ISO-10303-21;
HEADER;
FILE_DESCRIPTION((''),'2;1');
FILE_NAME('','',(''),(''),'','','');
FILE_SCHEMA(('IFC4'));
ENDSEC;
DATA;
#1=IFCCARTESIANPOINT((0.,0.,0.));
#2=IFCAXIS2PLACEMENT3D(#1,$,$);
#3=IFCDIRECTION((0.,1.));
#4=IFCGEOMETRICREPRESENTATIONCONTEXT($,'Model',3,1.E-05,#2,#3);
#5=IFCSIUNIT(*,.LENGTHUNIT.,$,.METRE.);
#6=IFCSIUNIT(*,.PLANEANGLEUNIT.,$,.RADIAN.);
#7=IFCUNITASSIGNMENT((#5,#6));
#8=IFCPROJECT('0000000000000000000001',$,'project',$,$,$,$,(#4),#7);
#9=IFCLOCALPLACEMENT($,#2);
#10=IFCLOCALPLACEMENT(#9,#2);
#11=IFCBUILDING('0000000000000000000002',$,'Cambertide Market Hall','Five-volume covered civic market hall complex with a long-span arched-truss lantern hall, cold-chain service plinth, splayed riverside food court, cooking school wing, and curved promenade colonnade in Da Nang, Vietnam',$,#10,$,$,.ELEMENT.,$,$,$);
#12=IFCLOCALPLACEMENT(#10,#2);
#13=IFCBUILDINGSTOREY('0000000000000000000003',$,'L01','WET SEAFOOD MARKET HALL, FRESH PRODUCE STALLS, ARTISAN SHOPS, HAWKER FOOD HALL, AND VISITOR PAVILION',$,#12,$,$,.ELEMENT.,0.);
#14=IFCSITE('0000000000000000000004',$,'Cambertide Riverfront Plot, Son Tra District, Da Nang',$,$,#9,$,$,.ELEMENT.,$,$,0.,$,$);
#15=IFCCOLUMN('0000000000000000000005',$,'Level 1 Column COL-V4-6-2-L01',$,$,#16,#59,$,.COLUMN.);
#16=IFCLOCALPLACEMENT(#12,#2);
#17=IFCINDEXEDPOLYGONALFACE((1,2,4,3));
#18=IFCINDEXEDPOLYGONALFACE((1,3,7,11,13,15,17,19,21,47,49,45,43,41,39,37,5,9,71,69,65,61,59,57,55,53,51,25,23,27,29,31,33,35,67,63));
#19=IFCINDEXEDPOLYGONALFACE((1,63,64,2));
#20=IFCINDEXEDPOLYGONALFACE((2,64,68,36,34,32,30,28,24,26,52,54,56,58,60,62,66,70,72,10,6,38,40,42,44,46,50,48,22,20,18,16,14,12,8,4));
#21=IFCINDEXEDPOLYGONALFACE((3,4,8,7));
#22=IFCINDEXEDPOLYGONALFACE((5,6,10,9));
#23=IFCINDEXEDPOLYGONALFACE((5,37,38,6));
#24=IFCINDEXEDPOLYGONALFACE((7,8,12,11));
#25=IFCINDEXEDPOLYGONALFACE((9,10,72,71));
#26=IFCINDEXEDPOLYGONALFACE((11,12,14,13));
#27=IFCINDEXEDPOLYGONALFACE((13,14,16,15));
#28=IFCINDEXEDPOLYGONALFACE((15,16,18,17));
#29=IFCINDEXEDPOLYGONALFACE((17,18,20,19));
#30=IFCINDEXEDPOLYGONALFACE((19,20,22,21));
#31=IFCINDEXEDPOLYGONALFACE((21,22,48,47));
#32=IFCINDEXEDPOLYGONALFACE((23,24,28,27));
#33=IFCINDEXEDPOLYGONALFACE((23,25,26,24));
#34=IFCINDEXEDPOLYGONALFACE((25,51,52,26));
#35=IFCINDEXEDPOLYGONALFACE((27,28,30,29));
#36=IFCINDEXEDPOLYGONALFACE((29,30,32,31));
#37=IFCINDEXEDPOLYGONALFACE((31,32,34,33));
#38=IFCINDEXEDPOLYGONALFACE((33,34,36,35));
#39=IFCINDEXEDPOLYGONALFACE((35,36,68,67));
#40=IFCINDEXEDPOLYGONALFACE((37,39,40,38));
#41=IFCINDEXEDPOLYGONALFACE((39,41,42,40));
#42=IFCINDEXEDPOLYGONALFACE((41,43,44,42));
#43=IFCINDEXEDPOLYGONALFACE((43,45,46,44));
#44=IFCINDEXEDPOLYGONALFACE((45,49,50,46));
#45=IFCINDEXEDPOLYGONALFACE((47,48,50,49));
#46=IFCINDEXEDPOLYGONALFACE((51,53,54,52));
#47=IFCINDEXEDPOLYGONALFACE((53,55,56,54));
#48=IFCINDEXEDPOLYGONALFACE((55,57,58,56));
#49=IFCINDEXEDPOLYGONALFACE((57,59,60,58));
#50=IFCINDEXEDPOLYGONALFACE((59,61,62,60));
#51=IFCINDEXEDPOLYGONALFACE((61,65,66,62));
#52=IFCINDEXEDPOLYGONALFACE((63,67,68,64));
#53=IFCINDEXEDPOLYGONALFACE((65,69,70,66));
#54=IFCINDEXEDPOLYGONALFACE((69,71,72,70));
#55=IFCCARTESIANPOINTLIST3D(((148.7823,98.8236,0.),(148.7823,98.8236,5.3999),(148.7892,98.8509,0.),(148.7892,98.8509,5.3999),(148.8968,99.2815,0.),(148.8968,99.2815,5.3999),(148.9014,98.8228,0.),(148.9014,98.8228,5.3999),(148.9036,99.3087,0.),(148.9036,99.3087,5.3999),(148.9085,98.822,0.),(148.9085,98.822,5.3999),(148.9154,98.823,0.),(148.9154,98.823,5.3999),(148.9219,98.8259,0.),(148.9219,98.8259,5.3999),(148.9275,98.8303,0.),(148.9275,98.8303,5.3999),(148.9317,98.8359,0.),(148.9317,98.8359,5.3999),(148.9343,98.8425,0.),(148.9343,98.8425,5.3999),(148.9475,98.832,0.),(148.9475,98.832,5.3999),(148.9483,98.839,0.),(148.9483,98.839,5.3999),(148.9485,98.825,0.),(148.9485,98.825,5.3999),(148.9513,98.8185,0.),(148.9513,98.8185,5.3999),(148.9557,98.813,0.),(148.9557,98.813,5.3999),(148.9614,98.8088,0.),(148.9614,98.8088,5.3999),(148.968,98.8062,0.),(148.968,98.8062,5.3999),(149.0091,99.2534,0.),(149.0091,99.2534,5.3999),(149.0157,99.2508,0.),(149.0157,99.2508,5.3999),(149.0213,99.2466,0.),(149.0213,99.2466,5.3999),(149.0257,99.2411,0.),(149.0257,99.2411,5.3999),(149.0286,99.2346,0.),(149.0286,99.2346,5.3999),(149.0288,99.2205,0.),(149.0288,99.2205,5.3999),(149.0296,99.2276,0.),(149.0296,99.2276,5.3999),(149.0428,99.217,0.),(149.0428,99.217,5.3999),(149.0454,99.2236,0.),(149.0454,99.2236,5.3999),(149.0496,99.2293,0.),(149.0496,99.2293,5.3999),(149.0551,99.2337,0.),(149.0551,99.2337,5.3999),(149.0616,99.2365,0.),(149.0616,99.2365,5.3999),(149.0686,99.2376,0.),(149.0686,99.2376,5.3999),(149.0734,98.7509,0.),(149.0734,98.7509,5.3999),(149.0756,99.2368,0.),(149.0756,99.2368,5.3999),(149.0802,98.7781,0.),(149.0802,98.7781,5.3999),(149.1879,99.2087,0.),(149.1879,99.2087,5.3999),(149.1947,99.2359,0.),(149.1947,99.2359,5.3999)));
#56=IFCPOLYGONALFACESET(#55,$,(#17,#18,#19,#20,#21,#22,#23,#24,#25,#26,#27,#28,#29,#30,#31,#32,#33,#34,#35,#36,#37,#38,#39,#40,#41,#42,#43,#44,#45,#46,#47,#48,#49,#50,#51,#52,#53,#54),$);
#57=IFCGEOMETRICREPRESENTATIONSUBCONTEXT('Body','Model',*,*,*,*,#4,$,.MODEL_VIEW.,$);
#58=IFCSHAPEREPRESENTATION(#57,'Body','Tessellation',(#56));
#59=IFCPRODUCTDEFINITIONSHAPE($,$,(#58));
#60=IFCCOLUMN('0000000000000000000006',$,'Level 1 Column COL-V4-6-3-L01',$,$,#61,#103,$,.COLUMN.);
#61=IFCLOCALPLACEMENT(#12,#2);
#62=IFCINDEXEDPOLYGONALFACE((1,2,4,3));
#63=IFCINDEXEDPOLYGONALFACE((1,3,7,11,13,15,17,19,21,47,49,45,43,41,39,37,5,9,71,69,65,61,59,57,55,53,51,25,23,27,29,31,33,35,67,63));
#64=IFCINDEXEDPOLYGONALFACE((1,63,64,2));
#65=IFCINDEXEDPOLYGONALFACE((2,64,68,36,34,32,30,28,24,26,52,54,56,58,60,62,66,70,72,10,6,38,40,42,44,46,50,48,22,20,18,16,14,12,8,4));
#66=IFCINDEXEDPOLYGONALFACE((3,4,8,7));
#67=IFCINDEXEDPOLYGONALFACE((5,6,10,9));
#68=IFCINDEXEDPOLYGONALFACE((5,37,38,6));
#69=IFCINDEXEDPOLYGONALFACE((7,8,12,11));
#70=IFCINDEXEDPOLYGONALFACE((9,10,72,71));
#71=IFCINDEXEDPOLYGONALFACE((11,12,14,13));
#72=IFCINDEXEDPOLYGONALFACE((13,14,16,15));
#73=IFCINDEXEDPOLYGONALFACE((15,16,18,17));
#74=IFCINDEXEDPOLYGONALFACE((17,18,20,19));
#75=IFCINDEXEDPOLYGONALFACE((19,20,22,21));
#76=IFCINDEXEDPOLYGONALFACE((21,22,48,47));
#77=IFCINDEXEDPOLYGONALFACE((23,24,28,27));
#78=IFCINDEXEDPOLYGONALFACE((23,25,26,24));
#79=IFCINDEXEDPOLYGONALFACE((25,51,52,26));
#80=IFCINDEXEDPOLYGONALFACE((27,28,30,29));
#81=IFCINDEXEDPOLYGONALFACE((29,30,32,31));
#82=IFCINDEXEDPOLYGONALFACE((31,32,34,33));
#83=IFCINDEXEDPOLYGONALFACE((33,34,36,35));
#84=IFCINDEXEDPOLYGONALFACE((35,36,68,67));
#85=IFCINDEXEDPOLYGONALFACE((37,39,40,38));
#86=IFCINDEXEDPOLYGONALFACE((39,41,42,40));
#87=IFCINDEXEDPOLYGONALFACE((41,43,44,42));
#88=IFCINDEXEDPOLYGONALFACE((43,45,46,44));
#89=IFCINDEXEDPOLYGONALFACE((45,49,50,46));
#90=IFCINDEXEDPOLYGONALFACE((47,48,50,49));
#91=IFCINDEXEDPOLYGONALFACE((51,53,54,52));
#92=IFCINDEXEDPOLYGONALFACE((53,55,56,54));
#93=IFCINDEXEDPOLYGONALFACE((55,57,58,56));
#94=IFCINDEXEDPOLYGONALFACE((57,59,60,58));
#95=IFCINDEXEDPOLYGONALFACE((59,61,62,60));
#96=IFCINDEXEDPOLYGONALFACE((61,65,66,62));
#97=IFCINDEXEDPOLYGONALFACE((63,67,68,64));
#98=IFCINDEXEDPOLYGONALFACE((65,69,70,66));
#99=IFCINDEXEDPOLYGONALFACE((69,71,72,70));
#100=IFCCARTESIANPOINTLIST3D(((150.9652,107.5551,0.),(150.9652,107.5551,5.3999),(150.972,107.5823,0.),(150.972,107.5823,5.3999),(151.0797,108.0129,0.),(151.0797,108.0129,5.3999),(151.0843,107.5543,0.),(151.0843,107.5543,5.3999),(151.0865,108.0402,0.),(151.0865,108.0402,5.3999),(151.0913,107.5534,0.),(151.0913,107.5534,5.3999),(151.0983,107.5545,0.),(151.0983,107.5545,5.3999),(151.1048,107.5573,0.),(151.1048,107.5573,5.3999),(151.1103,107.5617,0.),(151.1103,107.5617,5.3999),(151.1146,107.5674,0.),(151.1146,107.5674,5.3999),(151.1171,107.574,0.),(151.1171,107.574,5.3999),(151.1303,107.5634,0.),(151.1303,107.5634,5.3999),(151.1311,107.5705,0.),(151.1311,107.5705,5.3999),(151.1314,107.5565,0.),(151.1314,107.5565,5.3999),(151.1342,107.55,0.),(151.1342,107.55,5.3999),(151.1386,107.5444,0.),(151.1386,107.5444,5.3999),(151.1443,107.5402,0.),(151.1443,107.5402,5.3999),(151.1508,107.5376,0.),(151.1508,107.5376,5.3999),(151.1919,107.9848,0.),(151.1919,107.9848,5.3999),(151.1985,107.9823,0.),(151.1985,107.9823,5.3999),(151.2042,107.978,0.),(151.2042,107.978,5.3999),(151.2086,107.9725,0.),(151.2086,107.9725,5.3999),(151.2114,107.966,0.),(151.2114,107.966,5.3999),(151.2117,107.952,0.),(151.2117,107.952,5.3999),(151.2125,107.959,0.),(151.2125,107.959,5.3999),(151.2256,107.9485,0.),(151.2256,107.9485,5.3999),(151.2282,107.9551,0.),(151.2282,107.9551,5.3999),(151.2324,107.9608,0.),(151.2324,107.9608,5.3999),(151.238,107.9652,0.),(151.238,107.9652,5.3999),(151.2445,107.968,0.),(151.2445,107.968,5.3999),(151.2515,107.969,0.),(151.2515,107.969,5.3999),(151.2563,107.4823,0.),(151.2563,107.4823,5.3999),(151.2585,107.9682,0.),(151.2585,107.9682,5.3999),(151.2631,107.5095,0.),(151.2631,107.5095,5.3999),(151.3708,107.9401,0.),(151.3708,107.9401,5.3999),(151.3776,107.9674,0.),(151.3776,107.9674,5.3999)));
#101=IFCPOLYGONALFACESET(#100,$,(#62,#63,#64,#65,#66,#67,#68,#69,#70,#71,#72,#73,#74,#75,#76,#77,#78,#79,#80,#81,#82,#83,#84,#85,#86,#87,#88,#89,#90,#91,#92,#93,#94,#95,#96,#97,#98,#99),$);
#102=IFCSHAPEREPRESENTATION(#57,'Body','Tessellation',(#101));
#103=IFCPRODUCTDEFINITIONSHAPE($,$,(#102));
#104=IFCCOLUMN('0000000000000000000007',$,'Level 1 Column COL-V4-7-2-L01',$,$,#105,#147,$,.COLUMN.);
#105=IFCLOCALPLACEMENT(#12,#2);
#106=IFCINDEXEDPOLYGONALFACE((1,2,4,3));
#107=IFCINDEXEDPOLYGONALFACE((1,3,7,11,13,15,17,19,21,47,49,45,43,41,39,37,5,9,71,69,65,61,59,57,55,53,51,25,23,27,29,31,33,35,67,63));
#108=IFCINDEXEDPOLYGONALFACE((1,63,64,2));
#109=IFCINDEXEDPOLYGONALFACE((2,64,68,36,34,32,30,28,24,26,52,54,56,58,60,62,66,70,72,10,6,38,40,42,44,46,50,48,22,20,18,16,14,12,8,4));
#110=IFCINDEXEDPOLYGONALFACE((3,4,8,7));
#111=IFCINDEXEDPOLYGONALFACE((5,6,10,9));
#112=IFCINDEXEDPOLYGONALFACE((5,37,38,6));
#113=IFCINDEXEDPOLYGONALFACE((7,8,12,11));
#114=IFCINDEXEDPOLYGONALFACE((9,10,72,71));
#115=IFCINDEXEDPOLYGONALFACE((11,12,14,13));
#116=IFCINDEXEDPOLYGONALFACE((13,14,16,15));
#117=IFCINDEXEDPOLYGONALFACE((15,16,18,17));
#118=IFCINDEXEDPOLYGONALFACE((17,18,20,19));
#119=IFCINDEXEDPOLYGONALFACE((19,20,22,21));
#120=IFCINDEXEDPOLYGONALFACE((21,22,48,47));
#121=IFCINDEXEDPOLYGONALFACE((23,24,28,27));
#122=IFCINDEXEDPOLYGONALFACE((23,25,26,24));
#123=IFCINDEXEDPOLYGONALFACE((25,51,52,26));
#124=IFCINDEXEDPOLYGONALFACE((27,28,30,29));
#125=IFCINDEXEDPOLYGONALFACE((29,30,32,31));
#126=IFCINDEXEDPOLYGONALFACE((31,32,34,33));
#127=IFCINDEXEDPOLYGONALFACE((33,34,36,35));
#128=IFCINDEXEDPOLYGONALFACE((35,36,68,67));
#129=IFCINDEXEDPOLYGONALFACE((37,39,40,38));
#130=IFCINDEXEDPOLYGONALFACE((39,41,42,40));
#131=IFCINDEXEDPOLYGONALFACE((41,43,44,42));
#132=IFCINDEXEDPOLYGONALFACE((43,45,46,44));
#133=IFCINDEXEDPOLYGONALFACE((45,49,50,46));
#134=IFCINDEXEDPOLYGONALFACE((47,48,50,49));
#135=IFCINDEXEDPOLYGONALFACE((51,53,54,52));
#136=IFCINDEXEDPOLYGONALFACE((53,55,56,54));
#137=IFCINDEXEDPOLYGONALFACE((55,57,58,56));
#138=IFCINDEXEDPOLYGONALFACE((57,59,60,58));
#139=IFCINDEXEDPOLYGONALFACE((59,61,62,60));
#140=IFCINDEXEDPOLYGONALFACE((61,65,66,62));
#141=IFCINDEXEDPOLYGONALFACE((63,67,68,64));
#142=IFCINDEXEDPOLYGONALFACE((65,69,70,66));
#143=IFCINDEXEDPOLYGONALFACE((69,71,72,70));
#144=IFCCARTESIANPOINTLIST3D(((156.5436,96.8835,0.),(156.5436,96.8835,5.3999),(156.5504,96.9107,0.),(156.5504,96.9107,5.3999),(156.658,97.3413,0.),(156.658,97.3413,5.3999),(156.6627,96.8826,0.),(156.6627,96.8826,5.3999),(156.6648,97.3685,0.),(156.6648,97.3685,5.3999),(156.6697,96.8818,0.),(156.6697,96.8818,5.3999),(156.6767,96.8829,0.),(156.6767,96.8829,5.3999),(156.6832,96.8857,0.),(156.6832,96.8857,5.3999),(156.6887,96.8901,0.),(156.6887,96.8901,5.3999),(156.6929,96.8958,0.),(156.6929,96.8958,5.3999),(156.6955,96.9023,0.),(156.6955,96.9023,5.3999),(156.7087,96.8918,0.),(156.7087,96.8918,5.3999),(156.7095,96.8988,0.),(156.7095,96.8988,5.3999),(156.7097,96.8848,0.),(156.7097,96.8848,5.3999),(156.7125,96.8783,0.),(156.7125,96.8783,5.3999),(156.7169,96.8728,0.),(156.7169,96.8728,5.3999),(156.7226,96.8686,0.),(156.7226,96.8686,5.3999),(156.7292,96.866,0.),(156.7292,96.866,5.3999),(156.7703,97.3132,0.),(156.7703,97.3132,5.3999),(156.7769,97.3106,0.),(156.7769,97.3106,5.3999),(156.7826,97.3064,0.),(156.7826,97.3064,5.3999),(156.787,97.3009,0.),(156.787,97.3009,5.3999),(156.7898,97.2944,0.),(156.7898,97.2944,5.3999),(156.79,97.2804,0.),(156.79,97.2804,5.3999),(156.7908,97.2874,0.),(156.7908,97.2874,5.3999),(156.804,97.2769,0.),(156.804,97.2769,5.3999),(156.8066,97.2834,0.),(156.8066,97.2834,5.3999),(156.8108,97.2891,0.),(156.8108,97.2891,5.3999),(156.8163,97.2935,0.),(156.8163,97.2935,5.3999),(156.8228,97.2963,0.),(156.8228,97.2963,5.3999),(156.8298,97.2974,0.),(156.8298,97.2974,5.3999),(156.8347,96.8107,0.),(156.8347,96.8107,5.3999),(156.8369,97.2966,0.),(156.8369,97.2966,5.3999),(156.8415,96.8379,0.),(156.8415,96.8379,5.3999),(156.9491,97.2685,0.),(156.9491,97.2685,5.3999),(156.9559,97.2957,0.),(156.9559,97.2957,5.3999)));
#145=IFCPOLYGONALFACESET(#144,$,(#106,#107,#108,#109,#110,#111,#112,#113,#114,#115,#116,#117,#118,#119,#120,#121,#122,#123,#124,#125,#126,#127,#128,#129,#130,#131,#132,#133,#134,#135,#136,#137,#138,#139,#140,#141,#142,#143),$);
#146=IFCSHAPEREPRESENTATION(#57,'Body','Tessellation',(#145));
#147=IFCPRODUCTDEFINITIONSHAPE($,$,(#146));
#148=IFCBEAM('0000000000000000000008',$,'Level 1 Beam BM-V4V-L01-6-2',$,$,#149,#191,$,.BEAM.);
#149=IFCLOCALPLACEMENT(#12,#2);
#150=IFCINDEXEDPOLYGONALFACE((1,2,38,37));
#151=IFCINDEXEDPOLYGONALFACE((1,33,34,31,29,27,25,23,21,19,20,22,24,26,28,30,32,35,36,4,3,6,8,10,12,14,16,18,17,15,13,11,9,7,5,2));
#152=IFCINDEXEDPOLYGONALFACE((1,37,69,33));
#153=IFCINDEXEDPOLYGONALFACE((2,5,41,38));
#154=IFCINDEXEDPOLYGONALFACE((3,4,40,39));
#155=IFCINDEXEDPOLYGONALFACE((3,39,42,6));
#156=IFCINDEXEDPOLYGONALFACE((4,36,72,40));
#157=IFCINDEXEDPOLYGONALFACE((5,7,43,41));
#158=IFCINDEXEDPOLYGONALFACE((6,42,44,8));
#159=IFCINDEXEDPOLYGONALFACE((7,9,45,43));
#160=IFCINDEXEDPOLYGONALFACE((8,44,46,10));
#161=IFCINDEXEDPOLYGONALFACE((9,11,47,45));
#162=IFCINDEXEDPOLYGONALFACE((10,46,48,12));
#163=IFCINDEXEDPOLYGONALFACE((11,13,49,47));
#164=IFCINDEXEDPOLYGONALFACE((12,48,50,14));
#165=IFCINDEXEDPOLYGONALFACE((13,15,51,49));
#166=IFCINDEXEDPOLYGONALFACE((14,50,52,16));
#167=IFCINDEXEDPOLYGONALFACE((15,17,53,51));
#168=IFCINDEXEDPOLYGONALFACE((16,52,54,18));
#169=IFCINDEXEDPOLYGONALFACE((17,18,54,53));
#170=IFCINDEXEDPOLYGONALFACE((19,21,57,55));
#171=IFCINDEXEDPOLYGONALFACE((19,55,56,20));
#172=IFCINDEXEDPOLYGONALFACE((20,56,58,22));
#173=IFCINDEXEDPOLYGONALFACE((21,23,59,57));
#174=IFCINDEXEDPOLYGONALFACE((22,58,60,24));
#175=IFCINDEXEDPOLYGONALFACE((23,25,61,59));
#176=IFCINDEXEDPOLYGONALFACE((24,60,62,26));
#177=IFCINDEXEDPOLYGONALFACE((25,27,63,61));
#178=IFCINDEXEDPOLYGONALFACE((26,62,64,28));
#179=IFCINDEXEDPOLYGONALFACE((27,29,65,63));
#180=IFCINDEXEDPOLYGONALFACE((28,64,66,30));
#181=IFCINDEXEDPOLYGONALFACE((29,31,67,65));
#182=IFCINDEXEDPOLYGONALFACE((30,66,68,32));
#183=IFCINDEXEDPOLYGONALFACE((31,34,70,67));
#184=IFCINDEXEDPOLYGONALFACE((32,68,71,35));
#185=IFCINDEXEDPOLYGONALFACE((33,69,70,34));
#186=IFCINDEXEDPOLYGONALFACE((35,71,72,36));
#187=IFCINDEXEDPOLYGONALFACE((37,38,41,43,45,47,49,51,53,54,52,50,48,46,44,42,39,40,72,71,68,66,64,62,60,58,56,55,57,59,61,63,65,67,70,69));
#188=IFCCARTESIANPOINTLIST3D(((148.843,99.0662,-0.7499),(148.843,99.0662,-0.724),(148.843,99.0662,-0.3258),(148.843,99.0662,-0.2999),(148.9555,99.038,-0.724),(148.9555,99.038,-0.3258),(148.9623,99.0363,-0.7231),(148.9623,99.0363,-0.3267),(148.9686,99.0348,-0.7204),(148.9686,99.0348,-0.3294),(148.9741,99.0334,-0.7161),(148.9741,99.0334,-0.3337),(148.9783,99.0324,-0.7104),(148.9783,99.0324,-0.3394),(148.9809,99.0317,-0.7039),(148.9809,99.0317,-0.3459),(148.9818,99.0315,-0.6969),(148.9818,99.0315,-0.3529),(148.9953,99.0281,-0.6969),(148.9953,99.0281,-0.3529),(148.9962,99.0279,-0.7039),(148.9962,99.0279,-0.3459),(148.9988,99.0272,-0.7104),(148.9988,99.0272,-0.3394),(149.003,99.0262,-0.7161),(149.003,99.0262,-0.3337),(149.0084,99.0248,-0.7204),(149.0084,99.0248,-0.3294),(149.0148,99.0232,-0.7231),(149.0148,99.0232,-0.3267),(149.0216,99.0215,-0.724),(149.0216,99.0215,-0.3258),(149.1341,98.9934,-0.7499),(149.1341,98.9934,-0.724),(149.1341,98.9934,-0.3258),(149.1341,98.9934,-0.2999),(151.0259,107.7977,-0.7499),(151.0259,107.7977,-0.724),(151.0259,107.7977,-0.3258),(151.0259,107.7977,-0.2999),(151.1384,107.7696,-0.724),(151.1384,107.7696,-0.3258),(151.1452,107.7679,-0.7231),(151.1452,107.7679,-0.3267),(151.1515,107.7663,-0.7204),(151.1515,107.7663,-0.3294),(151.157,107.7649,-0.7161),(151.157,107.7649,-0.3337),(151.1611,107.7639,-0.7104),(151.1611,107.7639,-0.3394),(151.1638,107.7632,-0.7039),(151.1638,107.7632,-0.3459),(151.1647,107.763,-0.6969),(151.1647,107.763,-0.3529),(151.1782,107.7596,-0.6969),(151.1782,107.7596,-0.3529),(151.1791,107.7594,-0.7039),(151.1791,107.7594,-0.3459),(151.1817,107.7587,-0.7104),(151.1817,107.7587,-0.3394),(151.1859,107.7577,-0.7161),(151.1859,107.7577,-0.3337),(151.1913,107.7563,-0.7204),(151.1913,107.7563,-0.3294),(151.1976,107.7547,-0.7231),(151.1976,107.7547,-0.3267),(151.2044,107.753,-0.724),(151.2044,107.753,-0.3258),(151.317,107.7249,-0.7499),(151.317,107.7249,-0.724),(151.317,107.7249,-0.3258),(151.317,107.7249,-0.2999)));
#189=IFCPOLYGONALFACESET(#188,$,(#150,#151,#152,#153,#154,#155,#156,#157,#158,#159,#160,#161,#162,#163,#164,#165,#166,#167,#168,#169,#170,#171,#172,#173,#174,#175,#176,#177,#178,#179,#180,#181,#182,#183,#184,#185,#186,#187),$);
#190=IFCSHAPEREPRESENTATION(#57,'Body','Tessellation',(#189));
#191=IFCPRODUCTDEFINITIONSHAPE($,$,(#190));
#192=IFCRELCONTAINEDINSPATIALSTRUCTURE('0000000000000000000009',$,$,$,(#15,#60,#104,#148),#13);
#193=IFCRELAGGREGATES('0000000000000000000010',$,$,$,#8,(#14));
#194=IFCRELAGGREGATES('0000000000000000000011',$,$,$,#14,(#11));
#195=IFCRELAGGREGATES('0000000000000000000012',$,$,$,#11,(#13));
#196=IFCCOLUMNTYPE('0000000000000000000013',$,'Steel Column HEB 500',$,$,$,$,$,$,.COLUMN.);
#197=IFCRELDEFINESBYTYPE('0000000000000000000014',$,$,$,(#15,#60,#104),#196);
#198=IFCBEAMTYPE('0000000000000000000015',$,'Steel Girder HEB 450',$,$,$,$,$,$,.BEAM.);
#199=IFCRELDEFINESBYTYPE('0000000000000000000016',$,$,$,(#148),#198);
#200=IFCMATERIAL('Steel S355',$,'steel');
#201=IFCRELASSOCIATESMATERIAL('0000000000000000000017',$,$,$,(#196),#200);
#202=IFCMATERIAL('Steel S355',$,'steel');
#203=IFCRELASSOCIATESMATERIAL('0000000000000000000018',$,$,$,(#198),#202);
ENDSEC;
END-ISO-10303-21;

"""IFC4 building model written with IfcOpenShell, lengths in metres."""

from ifc_helpers import new_model, si_unit, direction, frame, origin, origin_2d, place, context, subcontext, project, spatial, i_section, extrude, material, material_profile, profile_set, type_object, element, save


model = new_model("IFC4")

# Units and contexts
model_context = context("Model", 3, precision=1e-05, world=origin(), true_north=direction((0.0, 1.0)))
body_context = subcontext(model_context, "Body", "Model", "MODEL_VIEW")
ifc_project = project(units=[si_unit("LENGTHUNIT", "METRE"), si_unit("PLANEANGLEUNIT", "RADIAN")], contexts=[model_context])

# Site, building, storey
site_placement = place(None, origin())
site = spatial("IfcSite", under=ifc_project, at=site_placement, Name="Cambertide Riverfront Plot, Son Tra District, Da Nang", CompositionType="ELEMENT", RefElevation=0.0)
building_placement = place(site_placement, origin())
building = spatial("IfcBuilding", under=site, at=building_placement, Name="Cambertide Market Hall", Description="Five-volume covered civic market hall complex with a long-span arched-truss lantern hall, cold-chain service plinth, splayed riverside food court, cooking school wing, and curved promenade colonnade in Da Nang, Vietnam", CompositionType="ELEMENT")
storey_placement = place(building_placement, origin())
storey = spatial("IfcBuildingStorey", under=building, at=storey_placement, Name="L01", Description="WET SEAFOOD MARKET HALL, FRESH PRODUCE STALLS, ARTISAN SHOPS, HAWKER FOOD HALL, AND VISITOR PAVILION", CompositionType="ELEMENT", Elevation=0.0)

# Columns
ifc_material_1 = material(Name="Steel S355", Category="steel")
ifc_material_profile_1 = material_profile(ifc_material_1, i_section(OverallWidth=0.3, OverallDepth=0.5, WebThickness=0.0144, FlangeThickness=0.0281, FilletRadius=0.0271, at=origin_2d()), Name="HEB 500")
ifc_profile_set_1 = profile_set([ifc_material_profile_1], Name="Steel S355")
column_type = type_object("IfcColumnType", Name="Steel Column HEB 500", PredefinedType="COLUMN", material=ifc_profile_set_1)
for number, where, z_axis, x_axis, name in (
    (1, (148.9885, 99.0298, 0.0), (0.0, 0.0, 1.0), (0.970143, -0.242536, 0.0), "Level 1 Column COL-V4-6-2-L01"),
    (2, (151.1714, 107.7612, 0.0), (0.0, 0.0, 1.0), (0.970143, -0.242536, 0.0), "Level 1 Column COL-V4-6-3-L01"),
    (3, (156.7498, 97.0896, 0.0), (0.0, 0.0, 1.0), (0.970143, -0.242536, 0.0), "Level 1 Column COL-V4-7-2-L01"),
):
    element("IfcColumn", number, at=place(storey_placement, frame(where, z_axis=z_axis, x_axis=x_axis)), inside=storey, type_object=column_type, Name=name, PredefinedType="COLUMN", context=body_context, shape_type="SweptSolid", body=[
        extrude(i_section(OverallWidth=0.3, OverallDepth=0.5, WebThickness=0.0144, FlangeThickness=0.0281, FilletRadius=0.0271, at=origin_2d()), origin(), (0.0, 0.0, 1.0), 5.3999),
    ])

# Beam
ifc_material_2 = material(Name="Steel S355", Category="steel")
ifc_material_profile_2 = material_profile(ifc_material_2, i_section(OverallWidth=0.3, OverallDepth=0.45, WebThickness=0.0139, FlangeThickness=0.0259, FilletRadius=0.0271, at=origin_2d()), Name="HEB 450")
ifc_profile_set_2 = profile_set([ifc_material_profile_2], Name="Steel S355")
beam_type_1 = type_object("IfcBeamType", Name="Steel Girder HEB 450", PredefinedType="BEAM", material=ifc_profile_set_2)
beam_1_placement = place(storey_placement, frame((148.9885, 99.0298, -0.5249), z_axis=(0.242536, 0.970143, 0.0), x_axis=(-0.970143, 0.242536, 0.0)))
element("IfcBeam", 4, at=beam_1_placement, inside=storey, type_object=beam_type_1, Name="Level 1 Beam BM-V4V-L01-6-2", PredefinedType="BEAM", context=body_context, shape_type="SweptSolid", body=[
    extrude(i_section(OverallWidth=0.3, OverallDepth=0.45, WebThickness=0.0139, FlangeThickness=0.0259, FilletRadius=0.0271, at=origin_2d()), origin(), (0.0, 0.0, 1.0), 9.0002),
])

save(model, "model.ifc")
